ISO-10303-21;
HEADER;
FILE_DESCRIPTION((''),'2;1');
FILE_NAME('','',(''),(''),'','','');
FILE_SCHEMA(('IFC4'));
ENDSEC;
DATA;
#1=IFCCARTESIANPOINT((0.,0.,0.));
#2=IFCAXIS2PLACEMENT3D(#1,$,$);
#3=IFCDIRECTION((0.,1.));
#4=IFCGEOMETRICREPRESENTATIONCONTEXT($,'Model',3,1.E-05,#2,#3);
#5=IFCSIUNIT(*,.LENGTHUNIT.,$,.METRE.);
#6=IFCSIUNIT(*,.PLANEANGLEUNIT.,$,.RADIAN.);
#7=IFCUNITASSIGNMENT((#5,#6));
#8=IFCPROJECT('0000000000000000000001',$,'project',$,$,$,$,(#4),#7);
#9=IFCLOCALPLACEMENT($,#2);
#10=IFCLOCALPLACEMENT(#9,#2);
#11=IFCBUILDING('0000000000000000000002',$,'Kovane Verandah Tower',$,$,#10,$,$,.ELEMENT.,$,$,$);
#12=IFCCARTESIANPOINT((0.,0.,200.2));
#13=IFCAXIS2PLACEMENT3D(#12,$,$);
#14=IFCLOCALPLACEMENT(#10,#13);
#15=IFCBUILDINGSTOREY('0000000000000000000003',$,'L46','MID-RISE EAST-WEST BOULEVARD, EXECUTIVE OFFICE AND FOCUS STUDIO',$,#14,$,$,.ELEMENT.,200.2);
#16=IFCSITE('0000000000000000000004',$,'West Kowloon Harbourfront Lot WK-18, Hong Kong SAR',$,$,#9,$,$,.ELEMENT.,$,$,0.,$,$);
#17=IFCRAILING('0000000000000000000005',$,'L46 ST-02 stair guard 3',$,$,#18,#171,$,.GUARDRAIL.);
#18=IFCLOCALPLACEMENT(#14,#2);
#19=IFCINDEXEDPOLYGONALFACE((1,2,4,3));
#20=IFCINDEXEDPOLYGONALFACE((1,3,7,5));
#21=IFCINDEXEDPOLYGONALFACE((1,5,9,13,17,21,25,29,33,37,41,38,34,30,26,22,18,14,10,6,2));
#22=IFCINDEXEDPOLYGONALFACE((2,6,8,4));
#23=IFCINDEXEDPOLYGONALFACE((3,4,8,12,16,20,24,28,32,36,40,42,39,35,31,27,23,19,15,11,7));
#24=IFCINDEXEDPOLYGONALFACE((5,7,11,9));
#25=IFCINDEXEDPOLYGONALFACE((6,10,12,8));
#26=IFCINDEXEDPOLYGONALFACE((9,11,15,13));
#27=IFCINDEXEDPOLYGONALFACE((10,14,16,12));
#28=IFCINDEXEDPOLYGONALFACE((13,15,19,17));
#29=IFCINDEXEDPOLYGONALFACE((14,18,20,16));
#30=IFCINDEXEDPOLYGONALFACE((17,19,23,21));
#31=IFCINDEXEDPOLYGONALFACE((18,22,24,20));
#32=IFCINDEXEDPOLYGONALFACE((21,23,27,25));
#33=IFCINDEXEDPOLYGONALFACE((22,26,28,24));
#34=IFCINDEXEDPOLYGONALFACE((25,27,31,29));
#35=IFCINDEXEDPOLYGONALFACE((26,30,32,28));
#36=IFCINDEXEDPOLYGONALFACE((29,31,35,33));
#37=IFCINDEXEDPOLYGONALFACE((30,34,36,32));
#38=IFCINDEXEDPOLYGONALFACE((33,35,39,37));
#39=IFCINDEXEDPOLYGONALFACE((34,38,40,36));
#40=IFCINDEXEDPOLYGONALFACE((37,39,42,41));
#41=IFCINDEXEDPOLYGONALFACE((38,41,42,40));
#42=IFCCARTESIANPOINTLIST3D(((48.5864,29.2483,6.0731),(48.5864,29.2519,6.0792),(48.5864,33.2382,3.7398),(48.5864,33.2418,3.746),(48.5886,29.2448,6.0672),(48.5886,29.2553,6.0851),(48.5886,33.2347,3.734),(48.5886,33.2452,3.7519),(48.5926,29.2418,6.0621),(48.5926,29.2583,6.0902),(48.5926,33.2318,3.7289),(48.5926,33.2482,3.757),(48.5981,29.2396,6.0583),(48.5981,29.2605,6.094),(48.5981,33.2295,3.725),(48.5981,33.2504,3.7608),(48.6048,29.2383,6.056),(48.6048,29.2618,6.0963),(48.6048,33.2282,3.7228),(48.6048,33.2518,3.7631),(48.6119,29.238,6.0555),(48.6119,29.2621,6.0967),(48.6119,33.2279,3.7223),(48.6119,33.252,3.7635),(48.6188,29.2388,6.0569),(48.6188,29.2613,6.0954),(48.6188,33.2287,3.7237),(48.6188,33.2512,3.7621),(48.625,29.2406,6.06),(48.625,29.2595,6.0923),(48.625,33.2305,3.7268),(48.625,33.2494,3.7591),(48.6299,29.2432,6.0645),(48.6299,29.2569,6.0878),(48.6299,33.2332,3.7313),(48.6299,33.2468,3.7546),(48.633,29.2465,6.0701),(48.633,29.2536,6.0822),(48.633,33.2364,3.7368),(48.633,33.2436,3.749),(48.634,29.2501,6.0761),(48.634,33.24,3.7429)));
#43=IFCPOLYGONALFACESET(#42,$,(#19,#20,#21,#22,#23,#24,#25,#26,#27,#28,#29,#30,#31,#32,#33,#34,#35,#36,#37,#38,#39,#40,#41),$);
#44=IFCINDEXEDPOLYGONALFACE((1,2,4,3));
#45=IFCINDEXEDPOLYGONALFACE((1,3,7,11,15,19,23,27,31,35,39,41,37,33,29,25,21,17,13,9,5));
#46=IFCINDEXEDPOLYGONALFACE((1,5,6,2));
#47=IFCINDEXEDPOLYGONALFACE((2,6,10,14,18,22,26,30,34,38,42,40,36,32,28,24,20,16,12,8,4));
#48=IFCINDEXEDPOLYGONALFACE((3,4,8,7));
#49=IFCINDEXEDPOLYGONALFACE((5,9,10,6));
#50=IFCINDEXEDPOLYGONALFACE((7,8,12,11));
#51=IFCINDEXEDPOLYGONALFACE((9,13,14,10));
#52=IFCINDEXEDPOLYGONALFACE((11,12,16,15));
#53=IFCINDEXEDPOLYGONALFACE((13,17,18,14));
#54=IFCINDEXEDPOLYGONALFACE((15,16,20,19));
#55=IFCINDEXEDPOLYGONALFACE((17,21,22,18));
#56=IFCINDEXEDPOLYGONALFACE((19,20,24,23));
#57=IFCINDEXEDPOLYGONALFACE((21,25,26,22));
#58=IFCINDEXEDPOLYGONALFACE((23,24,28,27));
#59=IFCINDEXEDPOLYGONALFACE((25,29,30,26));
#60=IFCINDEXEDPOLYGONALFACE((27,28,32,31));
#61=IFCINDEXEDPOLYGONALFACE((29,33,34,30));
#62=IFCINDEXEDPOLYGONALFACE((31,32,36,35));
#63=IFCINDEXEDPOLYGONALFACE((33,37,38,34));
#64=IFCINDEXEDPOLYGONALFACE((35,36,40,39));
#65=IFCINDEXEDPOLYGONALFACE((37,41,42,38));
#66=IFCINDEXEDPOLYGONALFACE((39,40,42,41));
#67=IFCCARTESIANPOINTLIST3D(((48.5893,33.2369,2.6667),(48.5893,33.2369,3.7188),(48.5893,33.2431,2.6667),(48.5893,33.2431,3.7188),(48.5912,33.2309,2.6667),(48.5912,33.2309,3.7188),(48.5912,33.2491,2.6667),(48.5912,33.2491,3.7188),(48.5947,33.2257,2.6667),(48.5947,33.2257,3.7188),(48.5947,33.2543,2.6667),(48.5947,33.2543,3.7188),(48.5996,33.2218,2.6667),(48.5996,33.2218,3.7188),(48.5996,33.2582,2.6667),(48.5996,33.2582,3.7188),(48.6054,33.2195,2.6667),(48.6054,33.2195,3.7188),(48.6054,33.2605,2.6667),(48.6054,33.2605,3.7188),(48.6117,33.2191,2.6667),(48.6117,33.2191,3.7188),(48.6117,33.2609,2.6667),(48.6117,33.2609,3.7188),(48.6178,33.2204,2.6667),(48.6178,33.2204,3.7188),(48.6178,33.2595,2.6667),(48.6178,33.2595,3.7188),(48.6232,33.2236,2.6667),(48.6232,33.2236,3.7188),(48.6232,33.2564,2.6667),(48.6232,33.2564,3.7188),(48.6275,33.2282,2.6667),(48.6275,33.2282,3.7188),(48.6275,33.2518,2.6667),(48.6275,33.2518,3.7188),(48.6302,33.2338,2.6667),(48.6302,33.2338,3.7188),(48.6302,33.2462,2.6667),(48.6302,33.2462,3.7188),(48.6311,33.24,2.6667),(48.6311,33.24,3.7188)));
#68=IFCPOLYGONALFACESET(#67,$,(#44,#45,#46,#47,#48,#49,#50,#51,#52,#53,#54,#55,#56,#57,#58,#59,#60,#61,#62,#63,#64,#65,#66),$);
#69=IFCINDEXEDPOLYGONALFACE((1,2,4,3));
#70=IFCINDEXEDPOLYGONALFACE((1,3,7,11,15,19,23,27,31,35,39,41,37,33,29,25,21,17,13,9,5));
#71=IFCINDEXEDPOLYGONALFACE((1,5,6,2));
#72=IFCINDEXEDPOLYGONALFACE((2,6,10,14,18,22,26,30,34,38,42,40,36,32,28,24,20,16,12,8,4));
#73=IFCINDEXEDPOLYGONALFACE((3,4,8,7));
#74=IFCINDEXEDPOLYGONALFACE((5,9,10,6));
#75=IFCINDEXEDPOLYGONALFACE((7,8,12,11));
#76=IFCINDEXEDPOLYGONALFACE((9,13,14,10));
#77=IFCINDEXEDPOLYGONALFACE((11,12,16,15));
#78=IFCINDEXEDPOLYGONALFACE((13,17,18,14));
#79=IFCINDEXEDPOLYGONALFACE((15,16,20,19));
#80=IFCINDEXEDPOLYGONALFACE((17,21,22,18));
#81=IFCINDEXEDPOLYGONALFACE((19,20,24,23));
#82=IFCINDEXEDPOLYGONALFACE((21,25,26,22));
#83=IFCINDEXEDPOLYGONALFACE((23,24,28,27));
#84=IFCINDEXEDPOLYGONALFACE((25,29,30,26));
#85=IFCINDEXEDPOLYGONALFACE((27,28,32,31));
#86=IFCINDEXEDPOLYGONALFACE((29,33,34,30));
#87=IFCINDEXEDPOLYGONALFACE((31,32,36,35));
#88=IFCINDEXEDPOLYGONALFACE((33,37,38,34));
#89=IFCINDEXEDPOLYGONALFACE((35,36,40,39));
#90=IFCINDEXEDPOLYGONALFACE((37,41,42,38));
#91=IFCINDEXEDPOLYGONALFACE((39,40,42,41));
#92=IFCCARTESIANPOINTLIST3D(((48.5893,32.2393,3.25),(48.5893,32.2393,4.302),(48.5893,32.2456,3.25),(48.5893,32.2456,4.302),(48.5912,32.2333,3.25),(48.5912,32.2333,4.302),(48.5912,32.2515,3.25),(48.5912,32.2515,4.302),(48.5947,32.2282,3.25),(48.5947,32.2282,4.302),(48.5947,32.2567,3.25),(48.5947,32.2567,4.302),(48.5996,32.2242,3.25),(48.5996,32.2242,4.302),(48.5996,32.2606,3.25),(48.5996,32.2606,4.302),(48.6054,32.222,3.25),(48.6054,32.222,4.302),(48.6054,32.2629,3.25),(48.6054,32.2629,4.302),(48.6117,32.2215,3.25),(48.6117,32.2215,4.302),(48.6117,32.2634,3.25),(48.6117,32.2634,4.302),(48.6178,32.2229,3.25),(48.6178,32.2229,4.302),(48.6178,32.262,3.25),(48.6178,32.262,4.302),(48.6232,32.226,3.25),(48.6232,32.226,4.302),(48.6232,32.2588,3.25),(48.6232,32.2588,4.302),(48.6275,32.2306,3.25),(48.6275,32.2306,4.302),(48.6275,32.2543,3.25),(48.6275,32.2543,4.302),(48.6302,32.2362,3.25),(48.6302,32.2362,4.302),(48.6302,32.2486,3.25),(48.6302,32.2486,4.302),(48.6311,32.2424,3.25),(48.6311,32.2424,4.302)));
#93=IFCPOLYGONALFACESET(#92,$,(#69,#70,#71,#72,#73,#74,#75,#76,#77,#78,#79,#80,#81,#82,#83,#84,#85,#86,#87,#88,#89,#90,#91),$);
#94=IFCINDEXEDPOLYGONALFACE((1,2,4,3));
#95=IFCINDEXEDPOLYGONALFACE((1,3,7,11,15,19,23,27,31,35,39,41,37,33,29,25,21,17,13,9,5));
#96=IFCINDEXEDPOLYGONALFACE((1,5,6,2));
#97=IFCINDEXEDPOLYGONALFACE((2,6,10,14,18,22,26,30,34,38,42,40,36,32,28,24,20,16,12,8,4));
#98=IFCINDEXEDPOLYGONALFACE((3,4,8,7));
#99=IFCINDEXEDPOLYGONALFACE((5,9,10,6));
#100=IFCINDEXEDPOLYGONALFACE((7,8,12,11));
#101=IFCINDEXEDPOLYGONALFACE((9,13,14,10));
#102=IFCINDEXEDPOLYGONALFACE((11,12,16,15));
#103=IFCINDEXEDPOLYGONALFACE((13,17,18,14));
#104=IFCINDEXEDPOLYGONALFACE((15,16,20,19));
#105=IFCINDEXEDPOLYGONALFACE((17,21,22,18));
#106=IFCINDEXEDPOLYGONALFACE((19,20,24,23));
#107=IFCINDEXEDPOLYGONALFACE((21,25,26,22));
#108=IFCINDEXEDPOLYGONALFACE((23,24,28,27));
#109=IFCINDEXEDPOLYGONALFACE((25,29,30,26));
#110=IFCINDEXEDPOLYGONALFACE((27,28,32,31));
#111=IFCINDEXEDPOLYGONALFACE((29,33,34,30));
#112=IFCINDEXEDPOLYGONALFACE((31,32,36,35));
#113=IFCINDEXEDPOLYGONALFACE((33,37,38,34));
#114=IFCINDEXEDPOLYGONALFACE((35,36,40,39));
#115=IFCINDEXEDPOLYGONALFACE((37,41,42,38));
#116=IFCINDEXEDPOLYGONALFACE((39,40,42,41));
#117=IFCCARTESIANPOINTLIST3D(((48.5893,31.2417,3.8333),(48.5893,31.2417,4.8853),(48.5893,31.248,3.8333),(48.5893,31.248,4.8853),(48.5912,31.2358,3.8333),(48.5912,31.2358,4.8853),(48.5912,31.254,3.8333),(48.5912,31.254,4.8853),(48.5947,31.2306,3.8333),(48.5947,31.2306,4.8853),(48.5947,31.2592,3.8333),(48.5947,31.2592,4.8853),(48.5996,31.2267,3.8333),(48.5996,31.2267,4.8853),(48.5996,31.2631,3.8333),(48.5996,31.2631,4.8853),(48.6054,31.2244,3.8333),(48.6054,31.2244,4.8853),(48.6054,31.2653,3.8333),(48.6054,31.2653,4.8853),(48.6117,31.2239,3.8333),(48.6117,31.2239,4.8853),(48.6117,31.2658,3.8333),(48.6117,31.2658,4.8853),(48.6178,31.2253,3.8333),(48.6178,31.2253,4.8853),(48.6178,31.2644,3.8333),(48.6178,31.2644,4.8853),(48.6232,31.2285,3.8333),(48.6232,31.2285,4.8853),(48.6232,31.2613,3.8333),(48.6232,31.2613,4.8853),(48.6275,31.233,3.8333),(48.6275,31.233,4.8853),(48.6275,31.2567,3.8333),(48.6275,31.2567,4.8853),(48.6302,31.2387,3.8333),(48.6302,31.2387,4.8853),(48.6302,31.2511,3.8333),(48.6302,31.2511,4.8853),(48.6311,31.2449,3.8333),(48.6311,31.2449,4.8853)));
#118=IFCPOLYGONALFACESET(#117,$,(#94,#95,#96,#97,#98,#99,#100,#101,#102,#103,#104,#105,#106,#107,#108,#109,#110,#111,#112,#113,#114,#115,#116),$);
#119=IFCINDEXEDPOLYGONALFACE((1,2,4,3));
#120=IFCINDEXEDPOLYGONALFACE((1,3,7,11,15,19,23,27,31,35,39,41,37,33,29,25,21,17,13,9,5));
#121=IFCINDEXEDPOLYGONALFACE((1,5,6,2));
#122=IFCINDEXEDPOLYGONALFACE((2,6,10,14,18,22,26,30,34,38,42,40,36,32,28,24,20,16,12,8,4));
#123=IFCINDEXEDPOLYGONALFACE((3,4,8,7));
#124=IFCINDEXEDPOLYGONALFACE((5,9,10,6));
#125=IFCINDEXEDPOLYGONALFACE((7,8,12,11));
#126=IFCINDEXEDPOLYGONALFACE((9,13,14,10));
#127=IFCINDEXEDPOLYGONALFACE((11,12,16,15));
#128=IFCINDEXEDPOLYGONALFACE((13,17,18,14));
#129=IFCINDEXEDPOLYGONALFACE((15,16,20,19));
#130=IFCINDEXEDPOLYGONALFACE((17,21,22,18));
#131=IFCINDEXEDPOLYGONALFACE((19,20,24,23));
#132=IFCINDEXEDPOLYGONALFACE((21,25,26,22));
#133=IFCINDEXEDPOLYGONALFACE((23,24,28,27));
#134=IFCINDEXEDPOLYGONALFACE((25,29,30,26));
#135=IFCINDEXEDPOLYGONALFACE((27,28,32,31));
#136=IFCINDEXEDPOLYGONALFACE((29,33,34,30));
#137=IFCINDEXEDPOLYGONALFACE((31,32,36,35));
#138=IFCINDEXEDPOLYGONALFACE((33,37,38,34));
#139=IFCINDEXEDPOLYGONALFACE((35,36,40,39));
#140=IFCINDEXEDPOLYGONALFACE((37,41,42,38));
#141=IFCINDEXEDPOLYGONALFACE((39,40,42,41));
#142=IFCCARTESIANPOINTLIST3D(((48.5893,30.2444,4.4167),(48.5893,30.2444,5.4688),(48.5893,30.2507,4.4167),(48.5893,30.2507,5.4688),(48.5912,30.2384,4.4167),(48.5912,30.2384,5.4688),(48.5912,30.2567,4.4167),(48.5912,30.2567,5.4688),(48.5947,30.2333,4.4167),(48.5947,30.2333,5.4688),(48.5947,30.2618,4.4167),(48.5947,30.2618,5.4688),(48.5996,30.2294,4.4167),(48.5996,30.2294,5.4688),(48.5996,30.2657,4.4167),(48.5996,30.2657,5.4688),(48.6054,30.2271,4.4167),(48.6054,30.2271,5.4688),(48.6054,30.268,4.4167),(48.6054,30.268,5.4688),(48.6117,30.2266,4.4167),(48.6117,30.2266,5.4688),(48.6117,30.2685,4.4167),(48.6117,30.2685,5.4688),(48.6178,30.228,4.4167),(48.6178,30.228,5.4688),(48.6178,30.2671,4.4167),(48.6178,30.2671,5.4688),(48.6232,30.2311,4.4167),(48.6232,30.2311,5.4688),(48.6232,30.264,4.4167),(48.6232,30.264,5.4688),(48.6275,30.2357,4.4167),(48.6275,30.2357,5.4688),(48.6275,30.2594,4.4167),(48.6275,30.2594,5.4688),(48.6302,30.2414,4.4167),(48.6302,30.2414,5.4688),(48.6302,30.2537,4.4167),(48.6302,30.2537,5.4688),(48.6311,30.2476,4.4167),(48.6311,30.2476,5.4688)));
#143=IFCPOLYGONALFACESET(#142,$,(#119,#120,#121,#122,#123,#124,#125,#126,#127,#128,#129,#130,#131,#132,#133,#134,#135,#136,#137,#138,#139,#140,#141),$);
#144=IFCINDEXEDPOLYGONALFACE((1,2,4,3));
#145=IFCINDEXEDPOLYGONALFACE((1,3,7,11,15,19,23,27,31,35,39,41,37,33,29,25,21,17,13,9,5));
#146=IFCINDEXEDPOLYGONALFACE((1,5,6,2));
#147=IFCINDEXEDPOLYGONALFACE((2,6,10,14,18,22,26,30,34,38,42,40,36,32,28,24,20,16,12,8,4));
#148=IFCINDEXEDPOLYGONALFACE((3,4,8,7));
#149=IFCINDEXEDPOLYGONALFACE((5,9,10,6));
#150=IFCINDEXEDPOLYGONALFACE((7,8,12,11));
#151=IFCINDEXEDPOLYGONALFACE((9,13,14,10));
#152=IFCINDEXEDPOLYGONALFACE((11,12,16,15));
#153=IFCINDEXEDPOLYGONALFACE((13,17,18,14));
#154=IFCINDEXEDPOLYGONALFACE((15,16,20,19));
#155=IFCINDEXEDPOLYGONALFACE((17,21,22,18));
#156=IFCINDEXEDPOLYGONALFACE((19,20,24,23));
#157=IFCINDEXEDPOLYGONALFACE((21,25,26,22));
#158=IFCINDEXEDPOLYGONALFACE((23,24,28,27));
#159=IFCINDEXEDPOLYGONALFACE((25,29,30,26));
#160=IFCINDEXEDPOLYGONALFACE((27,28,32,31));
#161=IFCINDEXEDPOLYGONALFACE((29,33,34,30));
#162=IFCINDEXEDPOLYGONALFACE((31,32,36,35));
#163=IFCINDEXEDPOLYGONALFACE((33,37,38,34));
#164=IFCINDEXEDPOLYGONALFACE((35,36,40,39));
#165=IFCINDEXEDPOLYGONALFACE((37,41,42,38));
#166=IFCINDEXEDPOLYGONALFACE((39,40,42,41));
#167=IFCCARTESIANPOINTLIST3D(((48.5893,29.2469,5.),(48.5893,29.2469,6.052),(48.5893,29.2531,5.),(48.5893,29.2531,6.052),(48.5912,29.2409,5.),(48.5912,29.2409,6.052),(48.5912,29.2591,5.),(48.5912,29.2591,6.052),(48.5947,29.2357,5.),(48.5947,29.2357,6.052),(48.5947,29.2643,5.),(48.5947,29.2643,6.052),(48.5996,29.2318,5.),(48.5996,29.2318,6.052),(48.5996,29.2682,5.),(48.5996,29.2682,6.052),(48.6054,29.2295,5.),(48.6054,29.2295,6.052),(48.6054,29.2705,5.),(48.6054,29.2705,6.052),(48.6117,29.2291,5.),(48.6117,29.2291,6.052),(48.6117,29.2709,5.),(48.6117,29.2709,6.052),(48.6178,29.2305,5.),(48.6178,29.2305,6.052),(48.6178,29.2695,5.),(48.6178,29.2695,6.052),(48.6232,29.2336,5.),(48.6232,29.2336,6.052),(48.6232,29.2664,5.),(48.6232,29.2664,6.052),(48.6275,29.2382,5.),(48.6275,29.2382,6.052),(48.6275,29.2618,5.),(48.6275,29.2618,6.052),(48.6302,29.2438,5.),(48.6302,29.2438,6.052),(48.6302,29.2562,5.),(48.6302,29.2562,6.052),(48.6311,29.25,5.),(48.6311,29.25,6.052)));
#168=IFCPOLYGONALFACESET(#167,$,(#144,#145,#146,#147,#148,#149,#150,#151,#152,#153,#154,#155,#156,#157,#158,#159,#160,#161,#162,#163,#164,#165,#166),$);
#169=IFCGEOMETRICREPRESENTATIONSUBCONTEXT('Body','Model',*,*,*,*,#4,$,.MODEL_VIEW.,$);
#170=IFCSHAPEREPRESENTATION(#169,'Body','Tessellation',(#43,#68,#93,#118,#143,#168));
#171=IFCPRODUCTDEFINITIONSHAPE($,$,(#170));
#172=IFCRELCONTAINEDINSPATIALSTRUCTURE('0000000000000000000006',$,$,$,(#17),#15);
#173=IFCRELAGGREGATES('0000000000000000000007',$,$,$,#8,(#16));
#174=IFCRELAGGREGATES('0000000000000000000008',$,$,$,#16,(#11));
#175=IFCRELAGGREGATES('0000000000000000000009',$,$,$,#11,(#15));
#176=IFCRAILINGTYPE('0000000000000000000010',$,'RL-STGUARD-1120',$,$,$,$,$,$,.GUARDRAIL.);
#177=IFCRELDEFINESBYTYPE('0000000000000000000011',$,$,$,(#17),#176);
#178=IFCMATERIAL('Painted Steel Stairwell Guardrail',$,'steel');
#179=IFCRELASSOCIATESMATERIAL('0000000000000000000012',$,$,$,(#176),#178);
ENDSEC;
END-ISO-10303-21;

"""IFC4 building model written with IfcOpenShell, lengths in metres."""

from ifc_helpers import new_model, si_unit, direction, frame, origin, origin_2d, place, context, subcontext, project, spatial, circle, extrude, material, type_object, element, save


model = new_model("IFC4")

# Units and contexts
model_context = context("Model", 3, precision=1e-05, world=origin(), true_north=direction((0.0, 1.0)))
body_context = subcontext(model_context, "Body", "Model", "MODEL_VIEW")
ifc_project = project(units=[si_unit("LENGTHUNIT", "METRE"), si_unit("PLANEANGLEUNIT", "RADIAN")], contexts=[model_context])

# Site, building, storey
site_placement = place(None, origin())
site = spatial("IfcSite", under=ifc_project, at=site_placement, Name="West Kowloon Harbourfront Lot WK-18, Hong Kong SAR", CompositionType="ELEMENT", RefElevation=0.0)
building_placement = place(site_placement, origin())
building = spatial("IfcBuilding", under=site, at=building_placement, Name="Kovane Verandah Tower", CompositionType="ELEMENT")
storey_placement = place(building_placement, frame((0.0, 0.0, 200.2)))
storey = spatial("IfcBuildingStorey", under=building, at=storey_placement, Name="L46", Description="MID-RISE EAST-WEST BOULEVARD, EXECUTIVE OFFICE AND FOCUS STUDIO", CompositionType="ELEMENT", Elevation=200.2)

# Railing
ifc_material_1 = material(Name="Painted Steel Stairwell Guardrail", Category="steel")
railing_type_1 = type_object("IfcRailingType", Name="RL-STGUARD-1120", PredefinedType="GUARDRAIL", material=ifc_material_1)
railing_1_placement = place(storey_placement, frame((48.6101, 33.24, 2.6667)))
element("IfcRailing", 1, at=railing_1_placement, inside=storey, type_object=railing_type_1, Name="L46 ST-02 stair guard 3", PredefinedType="GUARDRAIL", context=body_context, shape_type="SweptSolid", body=[
    extrude(circle(Radius=0.0239, at=origin_2d()), frame((0.0, 0.0, 1.0762), z_axis=(0.0, -0.863236, 0.5048), x_axis=(1.0, 0.0, 0.0)), (0.0, 0.0, 1.0), 4.6221),
    extrude(circle(Radius=0.021, at=origin_2d()), origin(), (0.0, 0.0, 1.0), 1.052),
    extrude(circle(Radius=0.021, at=origin_2d()), frame((0.0, -0.9976, 0.5833)), (0.0, 0.0, 1.0), 1.052),
    extrude(circle(Radius=0.021, at=origin_2d()), frame((0.0, -1.9951, 1.1665)), (0.0, 0.0, 1.0), 1.052),
    extrude(circle(Radius=0.021, at=origin_2d()), frame((0.0, -2.9924, 1.75)), (0.0, 0.0, 1.0), 1.052),
    extrude(circle(Radius=0.021, at=origin_2d()), frame((0.0, -3.99, 2.3333)), (0.0, 0.0, 1.0), 1.052),
])

save(model, "model.ifc")
